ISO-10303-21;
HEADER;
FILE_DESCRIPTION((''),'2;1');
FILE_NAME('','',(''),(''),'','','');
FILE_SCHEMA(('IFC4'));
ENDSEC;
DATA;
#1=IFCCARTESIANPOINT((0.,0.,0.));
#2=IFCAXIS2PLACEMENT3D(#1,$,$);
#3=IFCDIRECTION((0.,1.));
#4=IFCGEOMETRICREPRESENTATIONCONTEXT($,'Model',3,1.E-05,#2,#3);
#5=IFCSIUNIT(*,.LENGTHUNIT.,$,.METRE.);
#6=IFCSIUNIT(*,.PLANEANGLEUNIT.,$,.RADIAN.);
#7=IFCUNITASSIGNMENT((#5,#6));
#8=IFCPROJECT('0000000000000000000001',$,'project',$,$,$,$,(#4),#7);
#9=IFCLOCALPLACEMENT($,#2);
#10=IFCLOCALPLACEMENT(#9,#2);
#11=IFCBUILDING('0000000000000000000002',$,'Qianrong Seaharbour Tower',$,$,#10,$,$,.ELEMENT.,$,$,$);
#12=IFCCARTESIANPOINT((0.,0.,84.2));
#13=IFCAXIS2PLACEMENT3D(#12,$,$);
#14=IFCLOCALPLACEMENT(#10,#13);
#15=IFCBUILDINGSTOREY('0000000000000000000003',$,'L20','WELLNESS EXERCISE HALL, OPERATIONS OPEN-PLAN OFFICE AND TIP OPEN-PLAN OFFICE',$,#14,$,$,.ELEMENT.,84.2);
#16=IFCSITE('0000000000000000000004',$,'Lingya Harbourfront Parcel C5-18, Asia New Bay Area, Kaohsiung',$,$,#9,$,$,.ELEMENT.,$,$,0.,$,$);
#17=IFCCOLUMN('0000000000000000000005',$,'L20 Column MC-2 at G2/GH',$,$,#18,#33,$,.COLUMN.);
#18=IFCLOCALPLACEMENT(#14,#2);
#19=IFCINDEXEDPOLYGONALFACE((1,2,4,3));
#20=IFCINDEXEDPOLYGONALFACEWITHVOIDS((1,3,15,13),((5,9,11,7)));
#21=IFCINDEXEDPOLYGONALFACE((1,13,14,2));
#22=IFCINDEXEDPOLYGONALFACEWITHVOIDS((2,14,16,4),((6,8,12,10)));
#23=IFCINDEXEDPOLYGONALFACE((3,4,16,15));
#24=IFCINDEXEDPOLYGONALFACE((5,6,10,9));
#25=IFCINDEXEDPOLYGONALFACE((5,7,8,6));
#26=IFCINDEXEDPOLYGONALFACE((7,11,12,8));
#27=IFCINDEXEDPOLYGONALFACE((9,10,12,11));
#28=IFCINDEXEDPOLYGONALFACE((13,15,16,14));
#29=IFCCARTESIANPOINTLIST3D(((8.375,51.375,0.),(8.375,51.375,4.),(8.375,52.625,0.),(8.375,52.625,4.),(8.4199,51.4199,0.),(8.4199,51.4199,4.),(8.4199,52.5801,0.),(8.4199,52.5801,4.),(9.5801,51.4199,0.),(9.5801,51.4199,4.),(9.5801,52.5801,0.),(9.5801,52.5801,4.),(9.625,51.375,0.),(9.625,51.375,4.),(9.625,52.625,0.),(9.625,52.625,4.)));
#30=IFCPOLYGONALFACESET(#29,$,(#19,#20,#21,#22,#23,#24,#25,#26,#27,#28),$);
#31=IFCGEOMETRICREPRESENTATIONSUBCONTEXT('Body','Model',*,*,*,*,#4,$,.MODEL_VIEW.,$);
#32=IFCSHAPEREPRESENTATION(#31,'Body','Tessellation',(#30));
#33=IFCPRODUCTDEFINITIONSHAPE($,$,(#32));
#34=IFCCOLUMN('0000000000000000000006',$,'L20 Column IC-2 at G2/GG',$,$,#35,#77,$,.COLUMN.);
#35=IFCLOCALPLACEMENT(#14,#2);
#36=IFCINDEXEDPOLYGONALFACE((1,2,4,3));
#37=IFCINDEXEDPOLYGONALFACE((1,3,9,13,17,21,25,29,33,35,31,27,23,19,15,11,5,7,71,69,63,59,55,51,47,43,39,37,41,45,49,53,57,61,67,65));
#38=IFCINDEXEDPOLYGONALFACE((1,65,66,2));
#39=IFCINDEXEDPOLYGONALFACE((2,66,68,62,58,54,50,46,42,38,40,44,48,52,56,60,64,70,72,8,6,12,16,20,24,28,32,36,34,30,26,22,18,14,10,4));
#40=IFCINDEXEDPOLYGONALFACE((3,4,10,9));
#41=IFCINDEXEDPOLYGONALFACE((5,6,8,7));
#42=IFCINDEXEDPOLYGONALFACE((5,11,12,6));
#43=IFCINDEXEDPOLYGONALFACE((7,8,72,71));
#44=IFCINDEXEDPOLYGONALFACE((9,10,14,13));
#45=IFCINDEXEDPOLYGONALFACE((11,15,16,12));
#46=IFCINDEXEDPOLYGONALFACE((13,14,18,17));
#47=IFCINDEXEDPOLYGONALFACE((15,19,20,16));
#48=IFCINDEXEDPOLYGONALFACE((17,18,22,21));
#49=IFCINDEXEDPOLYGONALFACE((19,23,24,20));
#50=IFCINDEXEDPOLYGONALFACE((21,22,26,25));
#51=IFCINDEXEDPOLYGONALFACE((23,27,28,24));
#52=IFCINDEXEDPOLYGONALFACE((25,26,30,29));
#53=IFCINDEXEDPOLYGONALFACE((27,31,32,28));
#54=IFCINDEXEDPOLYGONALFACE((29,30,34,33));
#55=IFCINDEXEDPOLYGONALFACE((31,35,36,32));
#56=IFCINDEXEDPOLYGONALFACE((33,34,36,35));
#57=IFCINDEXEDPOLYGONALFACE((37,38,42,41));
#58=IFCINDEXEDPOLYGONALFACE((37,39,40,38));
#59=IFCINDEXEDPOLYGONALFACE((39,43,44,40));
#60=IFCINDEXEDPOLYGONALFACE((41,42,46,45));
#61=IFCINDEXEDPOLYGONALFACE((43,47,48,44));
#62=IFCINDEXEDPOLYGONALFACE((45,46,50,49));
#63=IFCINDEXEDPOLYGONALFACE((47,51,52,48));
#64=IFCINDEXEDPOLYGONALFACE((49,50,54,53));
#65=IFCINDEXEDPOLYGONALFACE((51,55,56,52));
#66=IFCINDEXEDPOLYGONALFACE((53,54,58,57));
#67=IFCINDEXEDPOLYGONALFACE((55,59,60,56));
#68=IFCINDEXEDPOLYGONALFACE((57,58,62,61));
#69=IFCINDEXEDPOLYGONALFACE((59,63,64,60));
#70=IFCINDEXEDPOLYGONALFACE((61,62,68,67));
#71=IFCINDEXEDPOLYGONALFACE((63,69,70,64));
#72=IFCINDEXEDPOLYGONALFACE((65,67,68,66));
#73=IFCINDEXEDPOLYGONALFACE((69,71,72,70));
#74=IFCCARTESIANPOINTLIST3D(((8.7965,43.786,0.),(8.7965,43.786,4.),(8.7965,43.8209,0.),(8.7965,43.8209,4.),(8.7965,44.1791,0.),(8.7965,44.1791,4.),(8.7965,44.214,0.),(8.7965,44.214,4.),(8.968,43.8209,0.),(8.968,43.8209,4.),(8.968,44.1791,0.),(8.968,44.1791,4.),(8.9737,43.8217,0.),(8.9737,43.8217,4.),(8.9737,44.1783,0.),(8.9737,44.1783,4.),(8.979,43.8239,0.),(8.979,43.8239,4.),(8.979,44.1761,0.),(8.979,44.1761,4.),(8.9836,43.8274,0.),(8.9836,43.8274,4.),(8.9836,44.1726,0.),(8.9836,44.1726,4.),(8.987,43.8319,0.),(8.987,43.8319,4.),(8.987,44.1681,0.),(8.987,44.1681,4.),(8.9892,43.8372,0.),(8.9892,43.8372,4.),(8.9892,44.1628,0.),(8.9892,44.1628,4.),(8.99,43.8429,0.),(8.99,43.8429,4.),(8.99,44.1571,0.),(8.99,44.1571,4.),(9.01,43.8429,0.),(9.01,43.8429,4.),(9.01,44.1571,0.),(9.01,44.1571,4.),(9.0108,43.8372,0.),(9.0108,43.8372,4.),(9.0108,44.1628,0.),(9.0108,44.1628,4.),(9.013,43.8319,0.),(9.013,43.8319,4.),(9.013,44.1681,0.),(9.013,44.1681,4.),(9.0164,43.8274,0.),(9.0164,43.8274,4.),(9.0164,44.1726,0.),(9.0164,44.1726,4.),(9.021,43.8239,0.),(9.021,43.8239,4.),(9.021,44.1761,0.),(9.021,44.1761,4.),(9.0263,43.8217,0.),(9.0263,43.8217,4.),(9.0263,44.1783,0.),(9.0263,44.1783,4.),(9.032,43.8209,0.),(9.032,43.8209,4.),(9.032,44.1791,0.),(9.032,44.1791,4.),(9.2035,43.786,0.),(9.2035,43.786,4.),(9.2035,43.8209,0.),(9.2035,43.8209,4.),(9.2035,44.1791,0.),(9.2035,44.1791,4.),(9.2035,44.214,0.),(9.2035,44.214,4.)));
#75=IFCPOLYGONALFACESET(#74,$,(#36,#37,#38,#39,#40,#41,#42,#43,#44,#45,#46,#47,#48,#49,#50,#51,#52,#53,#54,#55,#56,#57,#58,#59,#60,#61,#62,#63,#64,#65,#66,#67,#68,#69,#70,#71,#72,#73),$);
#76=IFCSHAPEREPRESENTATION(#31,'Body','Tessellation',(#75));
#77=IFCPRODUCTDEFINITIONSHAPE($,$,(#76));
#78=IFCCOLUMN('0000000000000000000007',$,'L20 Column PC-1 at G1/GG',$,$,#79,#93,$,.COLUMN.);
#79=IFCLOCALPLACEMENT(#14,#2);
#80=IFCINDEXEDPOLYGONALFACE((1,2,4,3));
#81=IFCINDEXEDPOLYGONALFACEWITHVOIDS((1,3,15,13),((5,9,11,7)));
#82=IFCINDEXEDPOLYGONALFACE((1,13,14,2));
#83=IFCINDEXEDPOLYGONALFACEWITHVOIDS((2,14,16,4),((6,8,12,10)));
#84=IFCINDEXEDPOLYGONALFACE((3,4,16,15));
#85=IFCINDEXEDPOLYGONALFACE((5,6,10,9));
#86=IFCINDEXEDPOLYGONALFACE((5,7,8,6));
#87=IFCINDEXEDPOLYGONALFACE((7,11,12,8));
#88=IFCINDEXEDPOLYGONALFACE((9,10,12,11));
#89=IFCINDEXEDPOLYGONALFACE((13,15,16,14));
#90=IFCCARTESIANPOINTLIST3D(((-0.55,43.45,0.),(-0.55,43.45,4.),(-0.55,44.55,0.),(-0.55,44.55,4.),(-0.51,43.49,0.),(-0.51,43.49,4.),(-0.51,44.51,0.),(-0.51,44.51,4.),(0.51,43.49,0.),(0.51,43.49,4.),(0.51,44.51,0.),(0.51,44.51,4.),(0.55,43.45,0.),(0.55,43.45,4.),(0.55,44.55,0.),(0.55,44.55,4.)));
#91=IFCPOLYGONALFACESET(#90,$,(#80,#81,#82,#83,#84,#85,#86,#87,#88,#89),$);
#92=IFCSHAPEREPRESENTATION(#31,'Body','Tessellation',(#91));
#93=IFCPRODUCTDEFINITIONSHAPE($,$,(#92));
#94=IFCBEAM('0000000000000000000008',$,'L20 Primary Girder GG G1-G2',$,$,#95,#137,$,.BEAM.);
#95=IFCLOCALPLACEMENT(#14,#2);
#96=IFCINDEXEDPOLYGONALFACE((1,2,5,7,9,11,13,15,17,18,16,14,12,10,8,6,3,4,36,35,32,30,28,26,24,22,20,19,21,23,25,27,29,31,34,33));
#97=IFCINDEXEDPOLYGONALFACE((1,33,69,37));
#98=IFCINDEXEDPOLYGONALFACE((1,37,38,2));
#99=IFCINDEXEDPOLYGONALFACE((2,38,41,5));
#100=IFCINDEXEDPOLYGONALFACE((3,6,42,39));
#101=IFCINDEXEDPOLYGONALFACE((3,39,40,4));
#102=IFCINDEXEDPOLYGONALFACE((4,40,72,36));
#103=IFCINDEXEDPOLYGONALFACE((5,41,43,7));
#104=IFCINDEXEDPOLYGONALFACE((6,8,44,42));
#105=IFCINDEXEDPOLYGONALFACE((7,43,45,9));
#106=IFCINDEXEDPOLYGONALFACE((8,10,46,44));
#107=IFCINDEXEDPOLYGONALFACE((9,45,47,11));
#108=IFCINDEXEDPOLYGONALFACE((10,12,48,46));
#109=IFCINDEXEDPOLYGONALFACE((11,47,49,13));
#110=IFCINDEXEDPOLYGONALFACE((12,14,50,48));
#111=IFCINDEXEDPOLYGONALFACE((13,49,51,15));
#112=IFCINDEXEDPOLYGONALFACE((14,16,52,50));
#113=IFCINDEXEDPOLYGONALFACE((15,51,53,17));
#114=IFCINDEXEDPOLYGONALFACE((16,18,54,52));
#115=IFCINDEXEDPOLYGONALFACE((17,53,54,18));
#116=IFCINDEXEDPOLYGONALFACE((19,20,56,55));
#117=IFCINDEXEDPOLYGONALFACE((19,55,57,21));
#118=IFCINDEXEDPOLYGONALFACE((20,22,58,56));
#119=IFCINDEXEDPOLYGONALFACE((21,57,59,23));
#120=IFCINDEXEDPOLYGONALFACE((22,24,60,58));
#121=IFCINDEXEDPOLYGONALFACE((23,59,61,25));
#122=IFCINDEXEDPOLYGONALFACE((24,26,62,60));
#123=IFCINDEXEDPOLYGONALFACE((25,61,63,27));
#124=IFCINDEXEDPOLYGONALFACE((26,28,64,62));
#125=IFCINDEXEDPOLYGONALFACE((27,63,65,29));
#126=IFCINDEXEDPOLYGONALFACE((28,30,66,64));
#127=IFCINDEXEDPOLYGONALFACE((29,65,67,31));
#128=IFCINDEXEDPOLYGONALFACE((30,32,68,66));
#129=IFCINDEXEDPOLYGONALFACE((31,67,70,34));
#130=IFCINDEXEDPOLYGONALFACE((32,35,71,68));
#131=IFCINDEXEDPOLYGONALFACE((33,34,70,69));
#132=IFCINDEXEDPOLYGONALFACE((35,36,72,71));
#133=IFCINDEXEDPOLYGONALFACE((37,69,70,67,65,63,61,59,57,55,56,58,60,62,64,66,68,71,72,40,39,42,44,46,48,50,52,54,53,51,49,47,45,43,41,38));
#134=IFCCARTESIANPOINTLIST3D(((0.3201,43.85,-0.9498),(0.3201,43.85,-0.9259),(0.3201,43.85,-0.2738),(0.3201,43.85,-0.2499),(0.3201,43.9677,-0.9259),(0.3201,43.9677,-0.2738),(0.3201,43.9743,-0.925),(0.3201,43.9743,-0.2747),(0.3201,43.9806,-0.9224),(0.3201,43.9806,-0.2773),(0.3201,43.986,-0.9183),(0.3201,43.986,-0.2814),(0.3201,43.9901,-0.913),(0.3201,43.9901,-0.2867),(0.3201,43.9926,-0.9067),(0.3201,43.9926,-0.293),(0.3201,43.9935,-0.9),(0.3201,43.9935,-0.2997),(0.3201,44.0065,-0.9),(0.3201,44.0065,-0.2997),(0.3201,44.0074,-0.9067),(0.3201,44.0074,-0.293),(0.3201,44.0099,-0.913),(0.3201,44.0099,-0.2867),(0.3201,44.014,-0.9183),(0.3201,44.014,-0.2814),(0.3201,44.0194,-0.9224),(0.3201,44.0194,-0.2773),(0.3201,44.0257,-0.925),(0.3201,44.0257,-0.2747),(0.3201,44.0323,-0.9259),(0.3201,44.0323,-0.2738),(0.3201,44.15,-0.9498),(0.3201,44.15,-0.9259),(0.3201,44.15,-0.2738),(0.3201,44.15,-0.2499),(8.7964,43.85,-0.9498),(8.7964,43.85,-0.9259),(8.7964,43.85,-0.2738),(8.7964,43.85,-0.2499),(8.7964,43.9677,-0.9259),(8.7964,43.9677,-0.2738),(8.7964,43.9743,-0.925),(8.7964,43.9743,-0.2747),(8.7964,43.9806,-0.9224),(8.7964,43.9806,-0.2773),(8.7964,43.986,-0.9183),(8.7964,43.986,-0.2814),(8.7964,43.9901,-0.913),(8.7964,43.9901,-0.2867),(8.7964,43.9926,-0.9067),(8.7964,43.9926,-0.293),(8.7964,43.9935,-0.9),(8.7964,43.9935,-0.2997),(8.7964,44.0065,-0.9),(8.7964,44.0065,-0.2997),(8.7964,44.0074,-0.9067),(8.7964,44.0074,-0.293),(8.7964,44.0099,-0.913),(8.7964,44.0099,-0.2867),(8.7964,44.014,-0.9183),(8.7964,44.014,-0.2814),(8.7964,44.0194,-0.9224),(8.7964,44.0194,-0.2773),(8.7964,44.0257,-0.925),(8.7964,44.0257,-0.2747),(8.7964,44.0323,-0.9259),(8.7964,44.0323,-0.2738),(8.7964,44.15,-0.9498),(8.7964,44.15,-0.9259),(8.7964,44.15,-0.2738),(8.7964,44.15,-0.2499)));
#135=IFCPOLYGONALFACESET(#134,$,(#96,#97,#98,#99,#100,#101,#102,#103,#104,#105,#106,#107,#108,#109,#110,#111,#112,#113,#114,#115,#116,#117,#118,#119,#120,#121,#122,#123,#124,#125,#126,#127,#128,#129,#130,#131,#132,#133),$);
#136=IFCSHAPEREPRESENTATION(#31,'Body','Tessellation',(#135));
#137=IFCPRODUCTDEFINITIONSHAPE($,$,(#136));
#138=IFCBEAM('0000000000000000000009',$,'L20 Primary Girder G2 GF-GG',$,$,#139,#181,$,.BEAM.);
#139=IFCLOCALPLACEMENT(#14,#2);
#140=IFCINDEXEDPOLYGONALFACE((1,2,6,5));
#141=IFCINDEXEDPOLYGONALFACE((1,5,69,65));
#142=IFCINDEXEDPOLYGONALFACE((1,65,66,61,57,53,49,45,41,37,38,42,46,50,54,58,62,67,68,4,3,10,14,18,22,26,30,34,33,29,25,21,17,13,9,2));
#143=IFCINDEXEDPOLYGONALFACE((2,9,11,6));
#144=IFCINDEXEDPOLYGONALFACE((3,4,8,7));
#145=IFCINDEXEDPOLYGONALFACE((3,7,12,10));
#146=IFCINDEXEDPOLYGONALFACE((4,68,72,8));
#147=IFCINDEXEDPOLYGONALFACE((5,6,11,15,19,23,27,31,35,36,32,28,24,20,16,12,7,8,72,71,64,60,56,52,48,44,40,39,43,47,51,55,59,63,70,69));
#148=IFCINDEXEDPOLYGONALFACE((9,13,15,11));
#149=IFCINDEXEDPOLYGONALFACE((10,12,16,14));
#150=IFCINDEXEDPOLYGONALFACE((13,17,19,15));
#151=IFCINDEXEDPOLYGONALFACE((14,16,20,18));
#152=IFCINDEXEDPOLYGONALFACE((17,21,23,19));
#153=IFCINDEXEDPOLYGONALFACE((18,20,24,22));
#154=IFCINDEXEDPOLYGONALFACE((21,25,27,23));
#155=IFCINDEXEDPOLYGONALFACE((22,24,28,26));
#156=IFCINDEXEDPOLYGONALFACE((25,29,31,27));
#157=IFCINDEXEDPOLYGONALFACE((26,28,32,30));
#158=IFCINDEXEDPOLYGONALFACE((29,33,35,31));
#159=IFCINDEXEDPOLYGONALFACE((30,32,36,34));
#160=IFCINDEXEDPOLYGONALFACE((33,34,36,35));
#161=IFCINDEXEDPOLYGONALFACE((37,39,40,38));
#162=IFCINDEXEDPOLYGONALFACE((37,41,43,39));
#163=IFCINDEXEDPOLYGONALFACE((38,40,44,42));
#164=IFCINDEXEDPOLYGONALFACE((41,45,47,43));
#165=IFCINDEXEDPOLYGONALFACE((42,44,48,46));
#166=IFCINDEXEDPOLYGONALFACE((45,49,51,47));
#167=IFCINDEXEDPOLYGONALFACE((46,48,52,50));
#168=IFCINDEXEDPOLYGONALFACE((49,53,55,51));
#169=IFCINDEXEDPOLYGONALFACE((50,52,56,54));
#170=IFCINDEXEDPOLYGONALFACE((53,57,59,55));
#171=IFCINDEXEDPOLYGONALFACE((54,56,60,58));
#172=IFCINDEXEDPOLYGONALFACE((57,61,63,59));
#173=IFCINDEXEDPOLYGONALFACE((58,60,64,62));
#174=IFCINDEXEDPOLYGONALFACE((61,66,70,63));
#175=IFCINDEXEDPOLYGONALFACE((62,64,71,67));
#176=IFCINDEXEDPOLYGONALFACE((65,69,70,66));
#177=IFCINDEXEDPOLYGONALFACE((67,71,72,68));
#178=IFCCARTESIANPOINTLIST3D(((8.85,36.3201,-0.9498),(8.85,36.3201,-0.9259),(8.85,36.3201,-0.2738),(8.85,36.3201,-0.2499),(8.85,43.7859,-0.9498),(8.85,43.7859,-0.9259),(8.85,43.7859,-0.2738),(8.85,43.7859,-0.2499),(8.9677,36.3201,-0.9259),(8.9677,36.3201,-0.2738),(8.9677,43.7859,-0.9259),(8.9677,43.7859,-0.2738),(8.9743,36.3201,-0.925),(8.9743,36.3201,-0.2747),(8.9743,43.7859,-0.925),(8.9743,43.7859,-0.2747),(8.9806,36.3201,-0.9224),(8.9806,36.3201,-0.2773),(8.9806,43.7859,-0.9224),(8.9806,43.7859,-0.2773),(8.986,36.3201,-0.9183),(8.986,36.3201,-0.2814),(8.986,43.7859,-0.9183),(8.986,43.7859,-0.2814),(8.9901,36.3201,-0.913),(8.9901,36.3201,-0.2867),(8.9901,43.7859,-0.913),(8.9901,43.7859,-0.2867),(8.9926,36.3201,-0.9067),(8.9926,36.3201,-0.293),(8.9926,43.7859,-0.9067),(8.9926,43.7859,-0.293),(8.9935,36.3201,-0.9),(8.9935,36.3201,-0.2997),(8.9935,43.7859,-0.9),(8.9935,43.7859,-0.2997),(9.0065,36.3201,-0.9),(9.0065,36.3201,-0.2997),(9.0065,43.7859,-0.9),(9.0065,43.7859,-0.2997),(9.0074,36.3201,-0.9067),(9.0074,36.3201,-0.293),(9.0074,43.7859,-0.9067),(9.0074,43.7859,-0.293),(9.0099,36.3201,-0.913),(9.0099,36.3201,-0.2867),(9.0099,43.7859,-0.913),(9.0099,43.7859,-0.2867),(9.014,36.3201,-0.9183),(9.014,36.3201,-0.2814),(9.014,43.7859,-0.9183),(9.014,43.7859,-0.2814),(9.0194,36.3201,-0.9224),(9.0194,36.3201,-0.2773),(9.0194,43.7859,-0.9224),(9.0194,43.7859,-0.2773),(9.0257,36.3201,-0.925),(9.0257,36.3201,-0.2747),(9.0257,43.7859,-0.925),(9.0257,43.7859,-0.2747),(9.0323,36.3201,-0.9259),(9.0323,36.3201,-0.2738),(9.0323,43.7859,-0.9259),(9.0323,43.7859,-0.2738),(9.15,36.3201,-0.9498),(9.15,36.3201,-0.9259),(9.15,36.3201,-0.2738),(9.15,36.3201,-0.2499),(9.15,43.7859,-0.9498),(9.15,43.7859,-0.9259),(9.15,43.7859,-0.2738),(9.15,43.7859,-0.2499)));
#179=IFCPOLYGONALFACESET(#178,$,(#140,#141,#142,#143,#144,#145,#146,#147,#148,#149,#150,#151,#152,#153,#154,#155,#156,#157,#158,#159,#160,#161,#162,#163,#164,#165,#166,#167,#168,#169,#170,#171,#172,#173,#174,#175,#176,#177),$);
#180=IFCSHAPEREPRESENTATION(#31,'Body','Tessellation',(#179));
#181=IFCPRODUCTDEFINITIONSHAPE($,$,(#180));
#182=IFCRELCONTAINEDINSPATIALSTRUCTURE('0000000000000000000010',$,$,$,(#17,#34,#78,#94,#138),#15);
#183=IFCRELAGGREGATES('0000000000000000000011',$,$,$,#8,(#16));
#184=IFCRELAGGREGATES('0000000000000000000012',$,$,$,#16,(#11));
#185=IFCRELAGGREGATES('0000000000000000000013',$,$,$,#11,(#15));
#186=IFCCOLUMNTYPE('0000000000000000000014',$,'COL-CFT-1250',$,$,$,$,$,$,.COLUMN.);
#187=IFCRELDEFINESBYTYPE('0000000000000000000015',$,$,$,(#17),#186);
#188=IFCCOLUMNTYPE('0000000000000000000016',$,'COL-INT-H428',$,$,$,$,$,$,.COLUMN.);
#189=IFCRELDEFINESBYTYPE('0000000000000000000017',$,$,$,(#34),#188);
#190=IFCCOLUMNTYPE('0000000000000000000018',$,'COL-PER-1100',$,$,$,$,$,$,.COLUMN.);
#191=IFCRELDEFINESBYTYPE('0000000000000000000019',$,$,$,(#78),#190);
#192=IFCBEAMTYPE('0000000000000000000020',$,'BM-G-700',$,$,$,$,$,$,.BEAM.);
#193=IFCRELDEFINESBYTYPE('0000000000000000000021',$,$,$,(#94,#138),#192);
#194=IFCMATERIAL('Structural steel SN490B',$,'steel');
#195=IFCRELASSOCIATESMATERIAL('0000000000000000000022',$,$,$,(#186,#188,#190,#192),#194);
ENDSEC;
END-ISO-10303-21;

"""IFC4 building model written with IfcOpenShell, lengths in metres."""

from ifc_helpers import new_model, si_unit, direction, frame, origin, origin_2d, place, context, subcontext, project, spatial, hollow_rectangle, i_section, extrude, material, material_profile, profile_set, type_object, element, save


model = new_model("IFC4")

# Units and contexts
model_context = context("Model", 3, precision=1e-05, world=origin(), true_north=direction((0.0, 1.0)))
body_context = subcontext(model_context, "Body", "Model", "MODEL_VIEW")
ifc_project = project(units=[si_unit("LENGTHUNIT", "METRE"), si_unit("PLANEANGLEUNIT", "RADIAN")], contexts=[model_context])

# Site, building, storey
site_placement = place(None, origin())
site = spatial("IfcSite", under=ifc_project, at=site_placement, Name="Lingya Harbourfront Parcel C5-18, Asia New Bay Area, Kaohsiung", CompositionType="ELEMENT", RefElevation=0.0)
building_placement = place(site_placement, origin())
building = spatial("IfcBuilding", under=site, at=building_placement, Name="Qianrong Seaharbour Tower", CompositionType="ELEMENT")
storey_placement = place(building_placement, frame((0.0, 0.0, 84.2)))
storey = spatial("IfcBuildingStorey", under=building, at=storey_placement, Name="L20", Description="WELLNESS EXERCISE HALL, OPERATIONS OPEN-PLAN OFFICE AND TIP OPEN-PLAN OFFICE", CompositionType="ELEMENT", Elevation=84.2)

# Columns
ifc_material_1 = material(Name="Structural steel SN490B", Category="steel")
ifc_material_profile_1 = material_profile(ifc_material_1, hollow_rectangle(XDim=1.25, YDim=1.25, WallThickness=0.0449, at=origin_2d()), Name="BOX1250x1250x45")
ifc_profile_set_1 = profile_set([ifc_material_profile_1], Name="Structural steel SN490B")
column_type_1 = type_object("IfcColumnType", Name="COL-CFT-1250", PredefinedType="COLUMN", material=ifc_profile_set_1)
column_1_placement = place(storey_placement, frame((9.0, 52.0, 0.0), z_axis=(0.0, 0.0, 1.0), x_axis=(1.0, 0.0, 0.0)))
element("IfcColumn", 1, at=column_1_placement, inside=storey, type_object=column_type_1, Name="L20 Column MC-2 at G2/GH", PredefinedType="COLUMN", context=body_context, shape_type="SweptSolid", body=[
    extrude(hollow_rectangle(XDim=1.25, YDim=1.25, WallThickness=0.0449, at=origin_2d()), origin(), (0.0, 0.0, 1.0), 4.0),
])
ifc_material_profile_2 = material_profile(ifc_material_1, i_section(OverallWidth=0.407, OverallDepth=0.428, WebThickness=0.02, FlangeThickness=0.0349, FilletRadius=0.022, at=origin_2d()), Name="H428x407x20x35")
ifc_profile_set_2 = profile_set([ifc_material_profile_2], Name="Structural steel SN490B")
column_type_2 = type_object("IfcColumnType", Name="COL-INT-H428", PredefinedType="COLUMN", material=ifc_profile_set_2)
column_2_placement = place(storey_placement, frame((9.0, 44.0, 0.0), z_axis=(0.0, 0.0, 1.0), x_axis=(1.0, 0.0, 0.0)))
element("IfcColumn", 2, at=column_2_placement, inside=storey, type_object=column_type_2, Name="L20 Column IC-2 at G2/GG", PredefinedType="COLUMN", context=body_context, shape_type="SweptSolid", body=[
    extrude(i_section(OverallWidth=0.407, OverallDepth=0.428, WebThickness=0.02, FlangeThickness=0.0349, FilletRadius=0.022, at=origin_2d()), origin(), (0.0, 0.0, 1.0), 4.0),
])
ifc_material_profile_3 = material_profile(ifc_material_1, hollow_rectangle(XDim=1.1001, YDim=1.1001, WallThickness=0.04, at=origin_2d()), Name="BOX1100x1100x40")
ifc_profile_set_3 = profile_set([ifc_material_profile_3], Name="Structural steel SN490B")
column_type_3 = type_object("IfcColumnType", Name="COL-PER-1100", PredefinedType="COLUMN", material=ifc_profile_set_3)
column_3_placement = place(storey_placement, frame((0.0, 44.0, 0.0), z_axis=(0.0, 0.0, 1.0), x_axis=(1.0, 0.0, 0.0)))
element("IfcColumn", 3, at=column_3_placement, inside=storey, type_object=column_type_3, Name="L20 Column PC-1 at G1/GG", PredefinedType="COLUMN", context=body_context, shape_type="SweptSolid", body=[
    extrude(hollow_rectangle(XDim=1.1001, YDim=1.1001, WallThickness=0.04, at=origin_2d()), origin(), (0.0, 0.0, 1.0), 4.0),
])

# Beams
ifc_material_profile_4 = material_profile(ifc_material_1, i_section(OverallWidth=0.3, OverallDepth=0.7, WebThickness=0.0129, FlangeThickness=0.0239, FilletRadius=0.0259, at=origin_2d()), Name="H700x300x13x24")
ifc_profile_set_4 = profile_set([ifc_material_profile_4], Name="Structural steel SN490B")
beam_type_1 = type_object("IfcBeamType", Name="BM-G-700", PredefinedType="BEAM", material=ifc_profile_set_4)
beam_1_placement = place(storey_placement, frame((0.3201, 44.0, -0.5999), z_axis=(1.0, 0.0, 0.0), x_axis=(0.0, 1.0, 0.0)))
element("IfcBeam", 4, at=beam_1_placement, inside=storey, type_object=beam_type_1, Name="L20 Primary Girder GG G1-G2", PredefinedType="BEAM", context=body_context, shape_type="SweptSolid", body=[
    extrude(i_section(OverallWidth=0.3, OverallDepth=0.7, WebThickness=0.0129, FlangeThickness=0.0239, FilletRadius=0.0259, at=origin_2d()), origin(), (0.0, 0.0, 1.0), 8.4763),
])
for number, where, z_axis, x_axis, name in (
    (5, (9.0, 36.3201, -0.5999), (0.0, 1.0, 0.0), (-1.0, 0.0, 0.0), "L20 Primary Girder G2 GF-GG"),
):
    element("IfcBeam", number, at=place(storey_placement, frame(where, z_axis=z_axis, x_axis=x_axis)), inside=storey, type_object=beam_type_1, Name=name, PredefinedType="BEAM", context=body_context, shape_type="SweptSolid", body=[
        extrude(i_section(OverallWidth=0.3, OverallDepth=0.7, WebThickness=0.0129, FlangeThickness=0.0239, FilletRadius=0.0259, at=origin_2d()), origin(), (0.0, 0.0, 1.0), 7.4658),
    ])

save(model, "model.ifc")
